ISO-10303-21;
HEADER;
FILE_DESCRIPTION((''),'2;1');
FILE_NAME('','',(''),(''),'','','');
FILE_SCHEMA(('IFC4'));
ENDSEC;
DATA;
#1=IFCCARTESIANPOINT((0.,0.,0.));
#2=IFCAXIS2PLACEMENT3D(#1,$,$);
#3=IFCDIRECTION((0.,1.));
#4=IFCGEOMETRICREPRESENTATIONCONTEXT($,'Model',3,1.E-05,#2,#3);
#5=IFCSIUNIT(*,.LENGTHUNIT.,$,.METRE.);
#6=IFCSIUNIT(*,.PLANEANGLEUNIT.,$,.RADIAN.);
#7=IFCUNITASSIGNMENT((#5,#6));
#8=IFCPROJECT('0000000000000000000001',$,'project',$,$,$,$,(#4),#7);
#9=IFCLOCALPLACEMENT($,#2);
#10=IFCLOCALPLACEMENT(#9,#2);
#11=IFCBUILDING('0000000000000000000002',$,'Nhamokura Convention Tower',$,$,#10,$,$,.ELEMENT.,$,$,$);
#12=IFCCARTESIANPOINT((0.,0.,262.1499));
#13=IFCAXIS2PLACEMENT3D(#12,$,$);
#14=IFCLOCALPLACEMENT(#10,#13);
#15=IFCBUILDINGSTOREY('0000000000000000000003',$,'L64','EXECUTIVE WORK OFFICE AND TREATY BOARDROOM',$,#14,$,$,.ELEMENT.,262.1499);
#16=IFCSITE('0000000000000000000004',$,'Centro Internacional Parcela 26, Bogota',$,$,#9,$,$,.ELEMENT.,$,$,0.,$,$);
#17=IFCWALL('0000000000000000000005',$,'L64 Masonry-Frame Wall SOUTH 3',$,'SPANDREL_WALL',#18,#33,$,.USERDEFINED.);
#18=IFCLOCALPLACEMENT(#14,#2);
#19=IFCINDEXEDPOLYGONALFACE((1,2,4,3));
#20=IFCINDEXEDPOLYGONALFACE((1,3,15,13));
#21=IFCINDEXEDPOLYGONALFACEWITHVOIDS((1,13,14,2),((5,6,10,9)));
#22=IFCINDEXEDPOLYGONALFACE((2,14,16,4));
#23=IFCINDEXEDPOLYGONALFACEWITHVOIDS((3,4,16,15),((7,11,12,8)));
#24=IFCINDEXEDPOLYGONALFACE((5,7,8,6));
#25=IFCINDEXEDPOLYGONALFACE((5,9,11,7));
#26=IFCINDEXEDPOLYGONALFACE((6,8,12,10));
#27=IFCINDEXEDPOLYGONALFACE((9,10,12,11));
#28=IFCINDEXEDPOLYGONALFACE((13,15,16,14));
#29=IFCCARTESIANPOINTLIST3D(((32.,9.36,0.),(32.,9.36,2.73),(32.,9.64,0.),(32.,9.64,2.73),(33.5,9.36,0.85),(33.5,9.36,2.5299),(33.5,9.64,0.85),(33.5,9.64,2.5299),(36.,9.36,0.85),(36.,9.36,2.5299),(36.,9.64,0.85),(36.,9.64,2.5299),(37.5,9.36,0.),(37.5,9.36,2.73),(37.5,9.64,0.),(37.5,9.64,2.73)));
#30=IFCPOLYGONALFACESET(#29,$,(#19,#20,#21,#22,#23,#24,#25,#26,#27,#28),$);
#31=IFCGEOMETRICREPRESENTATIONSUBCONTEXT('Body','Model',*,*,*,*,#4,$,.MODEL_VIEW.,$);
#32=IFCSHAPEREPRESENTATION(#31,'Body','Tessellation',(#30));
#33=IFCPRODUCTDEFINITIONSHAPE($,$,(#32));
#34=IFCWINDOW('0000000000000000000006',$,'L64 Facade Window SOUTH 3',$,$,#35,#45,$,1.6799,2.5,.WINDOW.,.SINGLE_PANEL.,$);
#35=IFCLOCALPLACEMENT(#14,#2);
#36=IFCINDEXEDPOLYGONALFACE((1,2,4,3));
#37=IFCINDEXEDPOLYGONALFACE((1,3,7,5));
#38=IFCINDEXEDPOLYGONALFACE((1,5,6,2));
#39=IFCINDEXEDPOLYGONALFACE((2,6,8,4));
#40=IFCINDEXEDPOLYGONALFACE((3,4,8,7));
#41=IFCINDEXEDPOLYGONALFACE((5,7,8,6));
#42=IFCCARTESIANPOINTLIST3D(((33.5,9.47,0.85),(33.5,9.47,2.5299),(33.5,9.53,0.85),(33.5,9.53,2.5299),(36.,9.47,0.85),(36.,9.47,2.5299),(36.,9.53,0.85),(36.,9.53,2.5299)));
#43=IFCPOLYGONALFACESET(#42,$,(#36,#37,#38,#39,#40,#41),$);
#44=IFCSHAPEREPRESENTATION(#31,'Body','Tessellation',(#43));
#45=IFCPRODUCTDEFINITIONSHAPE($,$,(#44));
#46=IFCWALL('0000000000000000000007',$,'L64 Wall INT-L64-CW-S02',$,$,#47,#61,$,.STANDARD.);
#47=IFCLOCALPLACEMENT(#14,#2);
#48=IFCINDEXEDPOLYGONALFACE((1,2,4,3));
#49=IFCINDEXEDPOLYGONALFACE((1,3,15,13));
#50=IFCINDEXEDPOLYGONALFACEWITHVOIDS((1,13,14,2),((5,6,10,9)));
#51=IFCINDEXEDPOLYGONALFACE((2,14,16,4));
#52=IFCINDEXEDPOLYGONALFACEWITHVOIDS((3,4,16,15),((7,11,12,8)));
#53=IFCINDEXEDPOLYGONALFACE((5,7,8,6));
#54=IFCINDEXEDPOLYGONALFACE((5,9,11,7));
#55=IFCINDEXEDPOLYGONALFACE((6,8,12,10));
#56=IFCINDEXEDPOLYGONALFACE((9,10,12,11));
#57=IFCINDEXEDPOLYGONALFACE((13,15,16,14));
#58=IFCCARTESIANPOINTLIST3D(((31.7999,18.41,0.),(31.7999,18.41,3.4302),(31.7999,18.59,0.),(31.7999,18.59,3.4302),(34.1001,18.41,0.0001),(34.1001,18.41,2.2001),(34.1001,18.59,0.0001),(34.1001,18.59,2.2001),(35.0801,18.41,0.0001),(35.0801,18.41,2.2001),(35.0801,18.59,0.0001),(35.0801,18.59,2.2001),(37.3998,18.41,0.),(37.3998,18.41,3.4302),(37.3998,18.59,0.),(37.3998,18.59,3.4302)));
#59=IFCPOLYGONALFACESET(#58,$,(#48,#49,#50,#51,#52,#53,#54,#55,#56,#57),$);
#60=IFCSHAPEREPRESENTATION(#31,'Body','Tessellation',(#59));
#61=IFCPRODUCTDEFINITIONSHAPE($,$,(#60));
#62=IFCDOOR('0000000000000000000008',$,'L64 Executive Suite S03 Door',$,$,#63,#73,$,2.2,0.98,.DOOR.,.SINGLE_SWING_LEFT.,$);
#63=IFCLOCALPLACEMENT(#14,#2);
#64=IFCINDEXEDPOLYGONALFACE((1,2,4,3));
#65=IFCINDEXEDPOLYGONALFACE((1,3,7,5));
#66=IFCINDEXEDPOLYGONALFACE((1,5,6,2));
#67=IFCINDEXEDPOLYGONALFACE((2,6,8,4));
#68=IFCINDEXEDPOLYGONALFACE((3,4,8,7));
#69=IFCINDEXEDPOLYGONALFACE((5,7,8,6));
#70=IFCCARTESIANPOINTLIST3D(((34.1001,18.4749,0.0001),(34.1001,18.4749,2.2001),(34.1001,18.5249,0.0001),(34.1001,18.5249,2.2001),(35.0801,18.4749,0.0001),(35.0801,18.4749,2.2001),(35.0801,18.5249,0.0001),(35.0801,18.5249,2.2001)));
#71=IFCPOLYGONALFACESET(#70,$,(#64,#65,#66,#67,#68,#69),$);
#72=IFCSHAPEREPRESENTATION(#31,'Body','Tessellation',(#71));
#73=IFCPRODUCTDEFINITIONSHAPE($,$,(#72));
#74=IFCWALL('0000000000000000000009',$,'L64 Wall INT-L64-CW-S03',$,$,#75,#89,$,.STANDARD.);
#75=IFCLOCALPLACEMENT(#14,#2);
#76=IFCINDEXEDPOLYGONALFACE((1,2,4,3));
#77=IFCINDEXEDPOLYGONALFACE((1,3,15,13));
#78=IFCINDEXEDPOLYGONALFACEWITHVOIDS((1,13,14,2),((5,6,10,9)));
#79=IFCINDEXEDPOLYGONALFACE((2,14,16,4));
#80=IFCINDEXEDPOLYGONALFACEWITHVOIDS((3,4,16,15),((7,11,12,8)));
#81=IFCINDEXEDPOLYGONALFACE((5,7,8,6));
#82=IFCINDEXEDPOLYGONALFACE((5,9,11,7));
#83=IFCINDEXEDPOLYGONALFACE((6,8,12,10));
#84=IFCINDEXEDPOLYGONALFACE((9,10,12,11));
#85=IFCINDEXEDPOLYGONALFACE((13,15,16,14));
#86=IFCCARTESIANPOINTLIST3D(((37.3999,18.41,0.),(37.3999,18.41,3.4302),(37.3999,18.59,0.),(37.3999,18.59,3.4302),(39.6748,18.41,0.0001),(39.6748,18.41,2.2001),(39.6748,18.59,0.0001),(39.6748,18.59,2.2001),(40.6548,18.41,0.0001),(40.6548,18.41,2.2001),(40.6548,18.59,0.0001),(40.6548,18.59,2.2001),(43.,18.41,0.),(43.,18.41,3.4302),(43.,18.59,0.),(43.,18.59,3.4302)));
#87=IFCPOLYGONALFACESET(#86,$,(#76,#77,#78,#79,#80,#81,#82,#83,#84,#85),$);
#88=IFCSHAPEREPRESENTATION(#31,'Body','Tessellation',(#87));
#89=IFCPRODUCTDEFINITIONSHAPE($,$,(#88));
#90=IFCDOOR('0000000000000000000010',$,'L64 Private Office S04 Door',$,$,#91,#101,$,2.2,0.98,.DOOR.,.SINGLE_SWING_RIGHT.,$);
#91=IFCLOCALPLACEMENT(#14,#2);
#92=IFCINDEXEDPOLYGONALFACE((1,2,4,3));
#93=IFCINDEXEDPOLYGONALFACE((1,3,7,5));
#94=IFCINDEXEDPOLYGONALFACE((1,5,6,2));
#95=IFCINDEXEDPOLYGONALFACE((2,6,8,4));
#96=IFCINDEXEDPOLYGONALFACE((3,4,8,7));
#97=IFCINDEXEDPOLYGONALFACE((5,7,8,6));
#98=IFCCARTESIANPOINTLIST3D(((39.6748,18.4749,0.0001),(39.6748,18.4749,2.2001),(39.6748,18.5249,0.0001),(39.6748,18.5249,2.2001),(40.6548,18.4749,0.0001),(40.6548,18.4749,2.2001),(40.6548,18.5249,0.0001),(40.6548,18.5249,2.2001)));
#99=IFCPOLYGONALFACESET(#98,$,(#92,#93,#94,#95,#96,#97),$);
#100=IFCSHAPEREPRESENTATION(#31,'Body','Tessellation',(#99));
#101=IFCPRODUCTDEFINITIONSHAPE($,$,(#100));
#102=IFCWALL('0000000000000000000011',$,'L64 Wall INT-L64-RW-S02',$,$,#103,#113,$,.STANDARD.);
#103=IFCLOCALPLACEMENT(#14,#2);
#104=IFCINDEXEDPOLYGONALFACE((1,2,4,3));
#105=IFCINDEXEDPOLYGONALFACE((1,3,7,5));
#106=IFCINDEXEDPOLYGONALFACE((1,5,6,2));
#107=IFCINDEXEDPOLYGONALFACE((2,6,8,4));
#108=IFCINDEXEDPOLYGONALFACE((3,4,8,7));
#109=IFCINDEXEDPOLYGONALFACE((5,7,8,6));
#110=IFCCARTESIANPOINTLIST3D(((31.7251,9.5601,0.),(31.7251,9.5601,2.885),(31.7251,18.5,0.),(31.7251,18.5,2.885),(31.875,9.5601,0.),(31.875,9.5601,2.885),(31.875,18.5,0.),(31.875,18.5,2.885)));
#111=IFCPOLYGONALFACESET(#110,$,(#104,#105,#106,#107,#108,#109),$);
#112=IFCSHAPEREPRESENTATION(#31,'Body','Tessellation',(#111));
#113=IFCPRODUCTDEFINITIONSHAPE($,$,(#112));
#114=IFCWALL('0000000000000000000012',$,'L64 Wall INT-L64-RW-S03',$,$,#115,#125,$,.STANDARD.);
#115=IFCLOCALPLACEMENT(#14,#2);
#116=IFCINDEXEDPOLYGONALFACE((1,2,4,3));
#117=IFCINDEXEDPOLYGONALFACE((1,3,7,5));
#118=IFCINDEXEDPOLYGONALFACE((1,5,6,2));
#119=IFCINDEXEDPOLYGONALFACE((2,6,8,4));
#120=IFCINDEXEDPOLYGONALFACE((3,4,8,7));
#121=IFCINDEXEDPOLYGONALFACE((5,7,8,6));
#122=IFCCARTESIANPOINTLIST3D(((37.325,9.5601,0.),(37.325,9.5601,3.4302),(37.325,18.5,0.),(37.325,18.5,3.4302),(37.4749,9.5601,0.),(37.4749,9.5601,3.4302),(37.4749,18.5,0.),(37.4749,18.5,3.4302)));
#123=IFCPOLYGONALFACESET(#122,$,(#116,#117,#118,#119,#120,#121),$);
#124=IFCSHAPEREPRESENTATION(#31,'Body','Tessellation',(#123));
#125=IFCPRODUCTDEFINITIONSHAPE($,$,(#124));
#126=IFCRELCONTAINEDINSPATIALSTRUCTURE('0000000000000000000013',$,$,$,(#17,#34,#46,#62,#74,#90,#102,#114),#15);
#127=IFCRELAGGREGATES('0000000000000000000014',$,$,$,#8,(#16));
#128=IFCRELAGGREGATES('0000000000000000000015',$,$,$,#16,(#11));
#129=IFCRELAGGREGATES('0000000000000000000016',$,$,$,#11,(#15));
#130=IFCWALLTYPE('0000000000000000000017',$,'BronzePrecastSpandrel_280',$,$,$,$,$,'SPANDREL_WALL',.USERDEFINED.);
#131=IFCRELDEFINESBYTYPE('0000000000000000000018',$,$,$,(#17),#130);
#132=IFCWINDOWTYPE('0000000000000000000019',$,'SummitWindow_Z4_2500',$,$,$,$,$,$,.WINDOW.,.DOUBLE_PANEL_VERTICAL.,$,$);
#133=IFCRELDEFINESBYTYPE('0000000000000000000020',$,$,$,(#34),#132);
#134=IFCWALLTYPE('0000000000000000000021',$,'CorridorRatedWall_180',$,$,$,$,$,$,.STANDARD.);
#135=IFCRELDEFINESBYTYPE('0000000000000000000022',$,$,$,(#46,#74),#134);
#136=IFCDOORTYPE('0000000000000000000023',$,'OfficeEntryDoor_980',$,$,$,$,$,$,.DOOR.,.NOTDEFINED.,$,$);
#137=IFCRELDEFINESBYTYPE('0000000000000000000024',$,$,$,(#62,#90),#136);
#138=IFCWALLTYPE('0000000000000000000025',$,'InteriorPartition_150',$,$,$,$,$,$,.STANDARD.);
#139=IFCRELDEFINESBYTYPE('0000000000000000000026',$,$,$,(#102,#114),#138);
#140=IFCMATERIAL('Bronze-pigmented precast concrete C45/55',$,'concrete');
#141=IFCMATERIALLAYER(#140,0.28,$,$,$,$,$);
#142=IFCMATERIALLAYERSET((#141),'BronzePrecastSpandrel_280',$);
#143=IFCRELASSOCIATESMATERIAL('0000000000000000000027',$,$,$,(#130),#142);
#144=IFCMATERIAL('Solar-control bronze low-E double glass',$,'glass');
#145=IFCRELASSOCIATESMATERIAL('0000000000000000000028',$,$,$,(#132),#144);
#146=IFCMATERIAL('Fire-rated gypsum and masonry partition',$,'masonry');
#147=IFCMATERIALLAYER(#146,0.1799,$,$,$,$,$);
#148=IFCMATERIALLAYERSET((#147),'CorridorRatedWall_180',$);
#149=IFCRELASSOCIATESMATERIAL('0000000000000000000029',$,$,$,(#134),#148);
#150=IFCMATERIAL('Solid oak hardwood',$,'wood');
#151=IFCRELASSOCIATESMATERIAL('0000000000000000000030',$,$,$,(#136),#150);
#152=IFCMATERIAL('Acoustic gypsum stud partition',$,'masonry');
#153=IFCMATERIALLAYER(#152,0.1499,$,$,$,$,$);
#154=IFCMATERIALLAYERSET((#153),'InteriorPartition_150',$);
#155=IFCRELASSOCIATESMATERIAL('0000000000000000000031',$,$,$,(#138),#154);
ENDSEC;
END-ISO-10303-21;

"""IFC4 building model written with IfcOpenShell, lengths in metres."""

from ifc_helpers import new_model, si_unit, direction, frame, frame_2d, origin, place, context, subcontext, project, spatial, rectangle, extrude, material, layer, layer_set, type_object, element, fill, save


model = new_model("IFC4")

# Units and contexts
model_context = context("Model", 3, precision=1e-05, world=origin(), true_north=direction((0.0, 1.0)))
body_context = subcontext(model_context, "Body", "Model", "MODEL_VIEW")
ifc_project = project(units=[si_unit("LENGTHUNIT", "METRE"), si_unit("PLANEANGLEUNIT", "RADIAN")], contexts=[model_context])

# Site, building, storey
site_placement = place(None, origin())
site = spatial("IfcSite", under=ifc_project, at=site_placement, Name="Centro Internacional Parcela 26, Bogota", CompositionType="ELEMENT", RefElevation=0.0)
building_placement = place(site_placement, origin())
building = spatial("IfcBuilding", under=site, at=building_placement, Name="Nhamokura Convention Tower", CompositionType="ELEMENT")
storey_placement = place(building_placement, frame((0.0, 0.0, 262.1499)))
storey = spatial("IfcBuildingStorey", under=building, at=storey_placement, Name="L64", Description="EXECUTIVE WORK OFFICE AND TREATY BOARDROOM", CompositionType="ELEMENT", Elevation=262.1499)

# Wall, opening, window
ifc_material_1 = material(Name="Bronze-pigmented precast concrete C45/55", Category="concrete")
ifc_layer_1 = layer(ifc_material_1, 0.28)
ifc_layer_set_1 = layer_set([ifc_layer_1], Name="BronzePrecastSpandrel_280")
wall_type_1 = type_object("IfcWallType", Name="BronzePrecastSpandrel_280", ElementType="SPANDREL_WALL", PredefinedType="USERDEFINED", material=ifc_layer_set_1)
ifc_material_2 = material(Name="Solar-control bronze low-E double glass", Category="glass")
window_type = type_object("IfcWindowType", Name="SummitWindow_Z4_2500", PartitioningType="DOUBLE_PANEL_VERTICAL", PredefinedType="WINDOW", material=ifc_material_2)
wall_1_placement = place(storey_placement, frame((37.5, 9.5, 0.0), z_axis=(0.0, 0.0, 1.0), x_axis=(-1.0, 0.0, 0.0)))
wall_1 = element("IfcWall", 1, at=wall_1_placement, inside=storey, type_object=wall_type_1, Name="L64 Masonry-Frame Wall SOUTH 3", ObjectType="SPANDREL_WALL", PredefinedType="USERDEFINED", context=body_context, shape_type="SweptSolid", body=[
    extrude(rectangle(XDim=5.5, YDim=0.28, at=frame_2d((2.75, 0.0))), origin(), (0.0, 0.0, 1.0), 2.73),
])
opening_1_placement = place(wall_1_placement, frame((1.5, 0.0, 0.8501)))
opening_1 = element("IfcOpeningElement", 2, at=opening_1_placement, cuts=wall_1, PredefinedType="OPENING", context=body_context, shape_type="SweptSolid", body=[
    extrude(rectangle(XDim=2.5, YDim=1.6799, at=frame_2d((1.25, 0.8398))), frame((0.0, 0.1499, 0.0), z_axis=(0.0, -1.0, 0.0), x_axis=(1.0, 0.0, 0.0)), (0.0, 0.0, 1.0), 0.3),
])
window_1_placement = place(opening_1_placement, origin())
window_1 = element("IfcWindow", 3, at=window_1_placement, inside=storey, type_object=window_type, Name="L64 Facade Window SOUTH 3", OverallHeight=1.6799, OverallWidth=2.5, PartitioningType="SINGLE_PANEL", PredefinedType="WINDOW", context=body_context, shape_type="SweptSolid", body=[
    extrude(rectangle(XDim=2.5, YDim=1.6799, at=frame_2d((1.25, 0.8398))), frame((0.0, 0.03, 0.0), z_axis=(0.0, -1.0, 0.0), x_axis=(1.0, 0.0, 0.0)), (0.0, 0.0, 1.0), 0.0601),
])
fill(opening_1, window_1)

# Walls, openings, doors
ifc_material_3 = material(Name="Fire-rated gypsum and masonry partition", Category="masonry")
ifc_layer_2 = layer(ifc_material_3, 0.1799)
ifc_layer_set_2 = layer_set([ifc_layer_2], Name="CorridorRatedWall_180")
wall_type_2 = type_object("IfcWallType", Name="CorridorRatedWall_180", PredefinedType="STANDARD", material=ifc_layer_set_2)
wall_2_placement = place(storey_placement, frame((31.8, 18.5, 0.0), z_axis=(0.0, 0.0, 1.0), x_axis=(1.0, 0.0, 0.0)))
wall_2 = element("IfcWall", 4, at=wall_2_placement, inside=storey, type_object=wall_type_2, Name="L64 Wall INT-L64-CW-S02", PredefinedType="STANDARD", context=body_context, shape_type="SweptSolid", body=[
    extrude(rectangle(XDim=5.5999, YDim=0.1799, at=frame_2d((2.7998, 0.0))), origin(), (0.0, 0.0, 1.0), 3.4302),
])
opening_2_placement = place(wall_2_placement, frame((2.3, 0.0, 0.0)))
opening_2 = element("IfcOpeningElement", 5, at=opening_2_placement, cuts=wall_2, PredefinedType="OPENING", context=body_context, shape_type="SweptSolid", body=[
    extrude(rectangle(XDim=0.98, YDim=2.2, at=frame_2d((0.49, 1.1001))), frame((0.0, 0.0999, 0.0), z_axis=(0.0, -1.0, 0.0), x_axis=(1.0, 0.0, 0.0)), (0.0, 0.0, 1.0), 0.2),
])
ifc_material_4 = material(Name="Solid oak hardwood", Category="wood")
door_type = type_object("IfcDoorType", Name="OfficeEntryDoor_980", OperationType="NOTDEFINED", PredefinedType="DOOR", material=ifc_material_4)
door_1_placement = place(opening_2_placement, origin())
door_1 = element("IfcDoor", 6, at=door_1_placement, inside=storey, type_object=door_type, Name="L64 Executive Suite S03 Door", OperationType="SINGLE_SWING_LEFT", OverallHeight=2.2, OverallWidth=0.98, PredefinedType="DOOR", context=body_context, shape_type="SweptSolid", body=[
    extrude(rectangle(XDim=0.98, YDim=2.2, at=frame_2d((0.49, 1.1001))), frame((0.0, 0.0249, 0.0), z_axis=(0.0, -1.0, 0.0), x_axis=(1.0, 0.0, 0.0)), (0.0, 0.0, 1.0), 0.05),
])
fill(opening_2, door_1)
wall_3_placement = place(storey_placement, frame((37.3999, 18.5, 0.0), z_axis=(0.0, 0.0, 1.0), x_axis=(1.0, 0.0, 0.0)))
wall_3 = element("IfcWall", 7, at=wall_3_placement, inside=storey, type_object=wall_type_2, Name="L64 Wall INT-L64-CW-S03", PredefinedType="STANDARD", context=body_context, shape_type="SweptSolid", body=[
    extrude(rectangle(XDim=5.6001, YDim=0.1799, at=frame_2d((2.8, 0.0))), origin(), (0.0, 0.0, 1.0), 3.4302),
])
opening_3_placement = place(wall_3_placement, frame((2.2749, 0.0, 0.0)))
opening_3 = element("IfcOpeningElement", 8, at=opening_3_placement, cuts=wall_3, PredefinedType="OPENING", context=body_context, shape_type="SweptSolid", body=[
    extrude(rectangle(XDim=0.98, YDim=2.2, at=frame_2d((0.49, 1.1001))), frame((0.0, 0.0999, 0.0), z_axis=(0.0, -1.0, 0.0), x_axis=(1.0, 0.0, 0.0)), (0.0, 0.0, 1.0), 0.2),
])
door_2_placement = place(opening_3_placement, origin())
door_2 = element("IfcDoor", 9, at=door_2_placement, inside=storey, type_object=door_type, Name="L64 Private Office S04 Door", OperationType="SINGLE_SWING_RIGHT", OverallHeight=2.2, OverallWidth=0.98, PredefinedType="DOOR", context=body_context, shape_type="SweptSolid", body=[
    extrude(rectangle(XDim=0.98, YDim=2.2, at=frame_2d((0.49, 1.1001))), frame((0.0, 0.0249, 0.0), z_axis=(0.0, -1.0, 0.0), x_axis=(1.0, 0.0, 0.0)), (0.0, 0.0, 1.0), 0.05),
])
fill(opening_3, door_2)

# Walls
ifc_material_5 = material(Name="Acoustic gypsum stud partition", Category="masonry")
ifc_layer_3 = layer(ifc_material_5, 0.1499)
ifc_layer_set_3 = layer_set([ifc_layer_3], Name="InteriorPartition_150")
wall_type_3 = type_object("IfcWallType", Name="InteriorPartition_150", PredefinedType="STANDARD", material=ifc_layer_set_3)
wall_4_placement = place(storey_placement, frame((31.8, 9.5601, 0.0), z_axis=(0.0, 0.0, 1.0), x_axis=(0.0, 1.0, 0.0)))
element("IfcWall", 10, at=wall_4_placement, inside=storey, type_object=wall_type_3, Name="L64 Wall INT-L64-RW-S02", PredefinedType="STANDARD", context=body_context, shape_type="SweptSolid", body=[
    extrude(rectangle(XDim=8.9399, YDim=0.1499, at=frame_2d((4.47, 0.0))), origin(), (0.0, 0.0, 1.0), 2.885),
])
wall_5_placement = place(storey_placement, frame((37.3999, 9.5601, 0.0), z_axis=(0.0, 0.0, 1.0), x_axis=(0.0, 1.0, 0.0)))
element("IfcWall", 11, at=wall_5_placement, inside=storey, type_object=wall_type_3, Name="L64 Wall INT-L64-RW-S03", PredefinedType="STANDARD", context=body_context, shape_type="SweptSolid", body=[
    extrude(rectangle(XDim=8.9399, YDim=0.1499, at=frame_2d((4.47, 0.0))), origin(), (0.0, 0.0, 1.0), 3.4302),
])

save(model, "model.ifc")
